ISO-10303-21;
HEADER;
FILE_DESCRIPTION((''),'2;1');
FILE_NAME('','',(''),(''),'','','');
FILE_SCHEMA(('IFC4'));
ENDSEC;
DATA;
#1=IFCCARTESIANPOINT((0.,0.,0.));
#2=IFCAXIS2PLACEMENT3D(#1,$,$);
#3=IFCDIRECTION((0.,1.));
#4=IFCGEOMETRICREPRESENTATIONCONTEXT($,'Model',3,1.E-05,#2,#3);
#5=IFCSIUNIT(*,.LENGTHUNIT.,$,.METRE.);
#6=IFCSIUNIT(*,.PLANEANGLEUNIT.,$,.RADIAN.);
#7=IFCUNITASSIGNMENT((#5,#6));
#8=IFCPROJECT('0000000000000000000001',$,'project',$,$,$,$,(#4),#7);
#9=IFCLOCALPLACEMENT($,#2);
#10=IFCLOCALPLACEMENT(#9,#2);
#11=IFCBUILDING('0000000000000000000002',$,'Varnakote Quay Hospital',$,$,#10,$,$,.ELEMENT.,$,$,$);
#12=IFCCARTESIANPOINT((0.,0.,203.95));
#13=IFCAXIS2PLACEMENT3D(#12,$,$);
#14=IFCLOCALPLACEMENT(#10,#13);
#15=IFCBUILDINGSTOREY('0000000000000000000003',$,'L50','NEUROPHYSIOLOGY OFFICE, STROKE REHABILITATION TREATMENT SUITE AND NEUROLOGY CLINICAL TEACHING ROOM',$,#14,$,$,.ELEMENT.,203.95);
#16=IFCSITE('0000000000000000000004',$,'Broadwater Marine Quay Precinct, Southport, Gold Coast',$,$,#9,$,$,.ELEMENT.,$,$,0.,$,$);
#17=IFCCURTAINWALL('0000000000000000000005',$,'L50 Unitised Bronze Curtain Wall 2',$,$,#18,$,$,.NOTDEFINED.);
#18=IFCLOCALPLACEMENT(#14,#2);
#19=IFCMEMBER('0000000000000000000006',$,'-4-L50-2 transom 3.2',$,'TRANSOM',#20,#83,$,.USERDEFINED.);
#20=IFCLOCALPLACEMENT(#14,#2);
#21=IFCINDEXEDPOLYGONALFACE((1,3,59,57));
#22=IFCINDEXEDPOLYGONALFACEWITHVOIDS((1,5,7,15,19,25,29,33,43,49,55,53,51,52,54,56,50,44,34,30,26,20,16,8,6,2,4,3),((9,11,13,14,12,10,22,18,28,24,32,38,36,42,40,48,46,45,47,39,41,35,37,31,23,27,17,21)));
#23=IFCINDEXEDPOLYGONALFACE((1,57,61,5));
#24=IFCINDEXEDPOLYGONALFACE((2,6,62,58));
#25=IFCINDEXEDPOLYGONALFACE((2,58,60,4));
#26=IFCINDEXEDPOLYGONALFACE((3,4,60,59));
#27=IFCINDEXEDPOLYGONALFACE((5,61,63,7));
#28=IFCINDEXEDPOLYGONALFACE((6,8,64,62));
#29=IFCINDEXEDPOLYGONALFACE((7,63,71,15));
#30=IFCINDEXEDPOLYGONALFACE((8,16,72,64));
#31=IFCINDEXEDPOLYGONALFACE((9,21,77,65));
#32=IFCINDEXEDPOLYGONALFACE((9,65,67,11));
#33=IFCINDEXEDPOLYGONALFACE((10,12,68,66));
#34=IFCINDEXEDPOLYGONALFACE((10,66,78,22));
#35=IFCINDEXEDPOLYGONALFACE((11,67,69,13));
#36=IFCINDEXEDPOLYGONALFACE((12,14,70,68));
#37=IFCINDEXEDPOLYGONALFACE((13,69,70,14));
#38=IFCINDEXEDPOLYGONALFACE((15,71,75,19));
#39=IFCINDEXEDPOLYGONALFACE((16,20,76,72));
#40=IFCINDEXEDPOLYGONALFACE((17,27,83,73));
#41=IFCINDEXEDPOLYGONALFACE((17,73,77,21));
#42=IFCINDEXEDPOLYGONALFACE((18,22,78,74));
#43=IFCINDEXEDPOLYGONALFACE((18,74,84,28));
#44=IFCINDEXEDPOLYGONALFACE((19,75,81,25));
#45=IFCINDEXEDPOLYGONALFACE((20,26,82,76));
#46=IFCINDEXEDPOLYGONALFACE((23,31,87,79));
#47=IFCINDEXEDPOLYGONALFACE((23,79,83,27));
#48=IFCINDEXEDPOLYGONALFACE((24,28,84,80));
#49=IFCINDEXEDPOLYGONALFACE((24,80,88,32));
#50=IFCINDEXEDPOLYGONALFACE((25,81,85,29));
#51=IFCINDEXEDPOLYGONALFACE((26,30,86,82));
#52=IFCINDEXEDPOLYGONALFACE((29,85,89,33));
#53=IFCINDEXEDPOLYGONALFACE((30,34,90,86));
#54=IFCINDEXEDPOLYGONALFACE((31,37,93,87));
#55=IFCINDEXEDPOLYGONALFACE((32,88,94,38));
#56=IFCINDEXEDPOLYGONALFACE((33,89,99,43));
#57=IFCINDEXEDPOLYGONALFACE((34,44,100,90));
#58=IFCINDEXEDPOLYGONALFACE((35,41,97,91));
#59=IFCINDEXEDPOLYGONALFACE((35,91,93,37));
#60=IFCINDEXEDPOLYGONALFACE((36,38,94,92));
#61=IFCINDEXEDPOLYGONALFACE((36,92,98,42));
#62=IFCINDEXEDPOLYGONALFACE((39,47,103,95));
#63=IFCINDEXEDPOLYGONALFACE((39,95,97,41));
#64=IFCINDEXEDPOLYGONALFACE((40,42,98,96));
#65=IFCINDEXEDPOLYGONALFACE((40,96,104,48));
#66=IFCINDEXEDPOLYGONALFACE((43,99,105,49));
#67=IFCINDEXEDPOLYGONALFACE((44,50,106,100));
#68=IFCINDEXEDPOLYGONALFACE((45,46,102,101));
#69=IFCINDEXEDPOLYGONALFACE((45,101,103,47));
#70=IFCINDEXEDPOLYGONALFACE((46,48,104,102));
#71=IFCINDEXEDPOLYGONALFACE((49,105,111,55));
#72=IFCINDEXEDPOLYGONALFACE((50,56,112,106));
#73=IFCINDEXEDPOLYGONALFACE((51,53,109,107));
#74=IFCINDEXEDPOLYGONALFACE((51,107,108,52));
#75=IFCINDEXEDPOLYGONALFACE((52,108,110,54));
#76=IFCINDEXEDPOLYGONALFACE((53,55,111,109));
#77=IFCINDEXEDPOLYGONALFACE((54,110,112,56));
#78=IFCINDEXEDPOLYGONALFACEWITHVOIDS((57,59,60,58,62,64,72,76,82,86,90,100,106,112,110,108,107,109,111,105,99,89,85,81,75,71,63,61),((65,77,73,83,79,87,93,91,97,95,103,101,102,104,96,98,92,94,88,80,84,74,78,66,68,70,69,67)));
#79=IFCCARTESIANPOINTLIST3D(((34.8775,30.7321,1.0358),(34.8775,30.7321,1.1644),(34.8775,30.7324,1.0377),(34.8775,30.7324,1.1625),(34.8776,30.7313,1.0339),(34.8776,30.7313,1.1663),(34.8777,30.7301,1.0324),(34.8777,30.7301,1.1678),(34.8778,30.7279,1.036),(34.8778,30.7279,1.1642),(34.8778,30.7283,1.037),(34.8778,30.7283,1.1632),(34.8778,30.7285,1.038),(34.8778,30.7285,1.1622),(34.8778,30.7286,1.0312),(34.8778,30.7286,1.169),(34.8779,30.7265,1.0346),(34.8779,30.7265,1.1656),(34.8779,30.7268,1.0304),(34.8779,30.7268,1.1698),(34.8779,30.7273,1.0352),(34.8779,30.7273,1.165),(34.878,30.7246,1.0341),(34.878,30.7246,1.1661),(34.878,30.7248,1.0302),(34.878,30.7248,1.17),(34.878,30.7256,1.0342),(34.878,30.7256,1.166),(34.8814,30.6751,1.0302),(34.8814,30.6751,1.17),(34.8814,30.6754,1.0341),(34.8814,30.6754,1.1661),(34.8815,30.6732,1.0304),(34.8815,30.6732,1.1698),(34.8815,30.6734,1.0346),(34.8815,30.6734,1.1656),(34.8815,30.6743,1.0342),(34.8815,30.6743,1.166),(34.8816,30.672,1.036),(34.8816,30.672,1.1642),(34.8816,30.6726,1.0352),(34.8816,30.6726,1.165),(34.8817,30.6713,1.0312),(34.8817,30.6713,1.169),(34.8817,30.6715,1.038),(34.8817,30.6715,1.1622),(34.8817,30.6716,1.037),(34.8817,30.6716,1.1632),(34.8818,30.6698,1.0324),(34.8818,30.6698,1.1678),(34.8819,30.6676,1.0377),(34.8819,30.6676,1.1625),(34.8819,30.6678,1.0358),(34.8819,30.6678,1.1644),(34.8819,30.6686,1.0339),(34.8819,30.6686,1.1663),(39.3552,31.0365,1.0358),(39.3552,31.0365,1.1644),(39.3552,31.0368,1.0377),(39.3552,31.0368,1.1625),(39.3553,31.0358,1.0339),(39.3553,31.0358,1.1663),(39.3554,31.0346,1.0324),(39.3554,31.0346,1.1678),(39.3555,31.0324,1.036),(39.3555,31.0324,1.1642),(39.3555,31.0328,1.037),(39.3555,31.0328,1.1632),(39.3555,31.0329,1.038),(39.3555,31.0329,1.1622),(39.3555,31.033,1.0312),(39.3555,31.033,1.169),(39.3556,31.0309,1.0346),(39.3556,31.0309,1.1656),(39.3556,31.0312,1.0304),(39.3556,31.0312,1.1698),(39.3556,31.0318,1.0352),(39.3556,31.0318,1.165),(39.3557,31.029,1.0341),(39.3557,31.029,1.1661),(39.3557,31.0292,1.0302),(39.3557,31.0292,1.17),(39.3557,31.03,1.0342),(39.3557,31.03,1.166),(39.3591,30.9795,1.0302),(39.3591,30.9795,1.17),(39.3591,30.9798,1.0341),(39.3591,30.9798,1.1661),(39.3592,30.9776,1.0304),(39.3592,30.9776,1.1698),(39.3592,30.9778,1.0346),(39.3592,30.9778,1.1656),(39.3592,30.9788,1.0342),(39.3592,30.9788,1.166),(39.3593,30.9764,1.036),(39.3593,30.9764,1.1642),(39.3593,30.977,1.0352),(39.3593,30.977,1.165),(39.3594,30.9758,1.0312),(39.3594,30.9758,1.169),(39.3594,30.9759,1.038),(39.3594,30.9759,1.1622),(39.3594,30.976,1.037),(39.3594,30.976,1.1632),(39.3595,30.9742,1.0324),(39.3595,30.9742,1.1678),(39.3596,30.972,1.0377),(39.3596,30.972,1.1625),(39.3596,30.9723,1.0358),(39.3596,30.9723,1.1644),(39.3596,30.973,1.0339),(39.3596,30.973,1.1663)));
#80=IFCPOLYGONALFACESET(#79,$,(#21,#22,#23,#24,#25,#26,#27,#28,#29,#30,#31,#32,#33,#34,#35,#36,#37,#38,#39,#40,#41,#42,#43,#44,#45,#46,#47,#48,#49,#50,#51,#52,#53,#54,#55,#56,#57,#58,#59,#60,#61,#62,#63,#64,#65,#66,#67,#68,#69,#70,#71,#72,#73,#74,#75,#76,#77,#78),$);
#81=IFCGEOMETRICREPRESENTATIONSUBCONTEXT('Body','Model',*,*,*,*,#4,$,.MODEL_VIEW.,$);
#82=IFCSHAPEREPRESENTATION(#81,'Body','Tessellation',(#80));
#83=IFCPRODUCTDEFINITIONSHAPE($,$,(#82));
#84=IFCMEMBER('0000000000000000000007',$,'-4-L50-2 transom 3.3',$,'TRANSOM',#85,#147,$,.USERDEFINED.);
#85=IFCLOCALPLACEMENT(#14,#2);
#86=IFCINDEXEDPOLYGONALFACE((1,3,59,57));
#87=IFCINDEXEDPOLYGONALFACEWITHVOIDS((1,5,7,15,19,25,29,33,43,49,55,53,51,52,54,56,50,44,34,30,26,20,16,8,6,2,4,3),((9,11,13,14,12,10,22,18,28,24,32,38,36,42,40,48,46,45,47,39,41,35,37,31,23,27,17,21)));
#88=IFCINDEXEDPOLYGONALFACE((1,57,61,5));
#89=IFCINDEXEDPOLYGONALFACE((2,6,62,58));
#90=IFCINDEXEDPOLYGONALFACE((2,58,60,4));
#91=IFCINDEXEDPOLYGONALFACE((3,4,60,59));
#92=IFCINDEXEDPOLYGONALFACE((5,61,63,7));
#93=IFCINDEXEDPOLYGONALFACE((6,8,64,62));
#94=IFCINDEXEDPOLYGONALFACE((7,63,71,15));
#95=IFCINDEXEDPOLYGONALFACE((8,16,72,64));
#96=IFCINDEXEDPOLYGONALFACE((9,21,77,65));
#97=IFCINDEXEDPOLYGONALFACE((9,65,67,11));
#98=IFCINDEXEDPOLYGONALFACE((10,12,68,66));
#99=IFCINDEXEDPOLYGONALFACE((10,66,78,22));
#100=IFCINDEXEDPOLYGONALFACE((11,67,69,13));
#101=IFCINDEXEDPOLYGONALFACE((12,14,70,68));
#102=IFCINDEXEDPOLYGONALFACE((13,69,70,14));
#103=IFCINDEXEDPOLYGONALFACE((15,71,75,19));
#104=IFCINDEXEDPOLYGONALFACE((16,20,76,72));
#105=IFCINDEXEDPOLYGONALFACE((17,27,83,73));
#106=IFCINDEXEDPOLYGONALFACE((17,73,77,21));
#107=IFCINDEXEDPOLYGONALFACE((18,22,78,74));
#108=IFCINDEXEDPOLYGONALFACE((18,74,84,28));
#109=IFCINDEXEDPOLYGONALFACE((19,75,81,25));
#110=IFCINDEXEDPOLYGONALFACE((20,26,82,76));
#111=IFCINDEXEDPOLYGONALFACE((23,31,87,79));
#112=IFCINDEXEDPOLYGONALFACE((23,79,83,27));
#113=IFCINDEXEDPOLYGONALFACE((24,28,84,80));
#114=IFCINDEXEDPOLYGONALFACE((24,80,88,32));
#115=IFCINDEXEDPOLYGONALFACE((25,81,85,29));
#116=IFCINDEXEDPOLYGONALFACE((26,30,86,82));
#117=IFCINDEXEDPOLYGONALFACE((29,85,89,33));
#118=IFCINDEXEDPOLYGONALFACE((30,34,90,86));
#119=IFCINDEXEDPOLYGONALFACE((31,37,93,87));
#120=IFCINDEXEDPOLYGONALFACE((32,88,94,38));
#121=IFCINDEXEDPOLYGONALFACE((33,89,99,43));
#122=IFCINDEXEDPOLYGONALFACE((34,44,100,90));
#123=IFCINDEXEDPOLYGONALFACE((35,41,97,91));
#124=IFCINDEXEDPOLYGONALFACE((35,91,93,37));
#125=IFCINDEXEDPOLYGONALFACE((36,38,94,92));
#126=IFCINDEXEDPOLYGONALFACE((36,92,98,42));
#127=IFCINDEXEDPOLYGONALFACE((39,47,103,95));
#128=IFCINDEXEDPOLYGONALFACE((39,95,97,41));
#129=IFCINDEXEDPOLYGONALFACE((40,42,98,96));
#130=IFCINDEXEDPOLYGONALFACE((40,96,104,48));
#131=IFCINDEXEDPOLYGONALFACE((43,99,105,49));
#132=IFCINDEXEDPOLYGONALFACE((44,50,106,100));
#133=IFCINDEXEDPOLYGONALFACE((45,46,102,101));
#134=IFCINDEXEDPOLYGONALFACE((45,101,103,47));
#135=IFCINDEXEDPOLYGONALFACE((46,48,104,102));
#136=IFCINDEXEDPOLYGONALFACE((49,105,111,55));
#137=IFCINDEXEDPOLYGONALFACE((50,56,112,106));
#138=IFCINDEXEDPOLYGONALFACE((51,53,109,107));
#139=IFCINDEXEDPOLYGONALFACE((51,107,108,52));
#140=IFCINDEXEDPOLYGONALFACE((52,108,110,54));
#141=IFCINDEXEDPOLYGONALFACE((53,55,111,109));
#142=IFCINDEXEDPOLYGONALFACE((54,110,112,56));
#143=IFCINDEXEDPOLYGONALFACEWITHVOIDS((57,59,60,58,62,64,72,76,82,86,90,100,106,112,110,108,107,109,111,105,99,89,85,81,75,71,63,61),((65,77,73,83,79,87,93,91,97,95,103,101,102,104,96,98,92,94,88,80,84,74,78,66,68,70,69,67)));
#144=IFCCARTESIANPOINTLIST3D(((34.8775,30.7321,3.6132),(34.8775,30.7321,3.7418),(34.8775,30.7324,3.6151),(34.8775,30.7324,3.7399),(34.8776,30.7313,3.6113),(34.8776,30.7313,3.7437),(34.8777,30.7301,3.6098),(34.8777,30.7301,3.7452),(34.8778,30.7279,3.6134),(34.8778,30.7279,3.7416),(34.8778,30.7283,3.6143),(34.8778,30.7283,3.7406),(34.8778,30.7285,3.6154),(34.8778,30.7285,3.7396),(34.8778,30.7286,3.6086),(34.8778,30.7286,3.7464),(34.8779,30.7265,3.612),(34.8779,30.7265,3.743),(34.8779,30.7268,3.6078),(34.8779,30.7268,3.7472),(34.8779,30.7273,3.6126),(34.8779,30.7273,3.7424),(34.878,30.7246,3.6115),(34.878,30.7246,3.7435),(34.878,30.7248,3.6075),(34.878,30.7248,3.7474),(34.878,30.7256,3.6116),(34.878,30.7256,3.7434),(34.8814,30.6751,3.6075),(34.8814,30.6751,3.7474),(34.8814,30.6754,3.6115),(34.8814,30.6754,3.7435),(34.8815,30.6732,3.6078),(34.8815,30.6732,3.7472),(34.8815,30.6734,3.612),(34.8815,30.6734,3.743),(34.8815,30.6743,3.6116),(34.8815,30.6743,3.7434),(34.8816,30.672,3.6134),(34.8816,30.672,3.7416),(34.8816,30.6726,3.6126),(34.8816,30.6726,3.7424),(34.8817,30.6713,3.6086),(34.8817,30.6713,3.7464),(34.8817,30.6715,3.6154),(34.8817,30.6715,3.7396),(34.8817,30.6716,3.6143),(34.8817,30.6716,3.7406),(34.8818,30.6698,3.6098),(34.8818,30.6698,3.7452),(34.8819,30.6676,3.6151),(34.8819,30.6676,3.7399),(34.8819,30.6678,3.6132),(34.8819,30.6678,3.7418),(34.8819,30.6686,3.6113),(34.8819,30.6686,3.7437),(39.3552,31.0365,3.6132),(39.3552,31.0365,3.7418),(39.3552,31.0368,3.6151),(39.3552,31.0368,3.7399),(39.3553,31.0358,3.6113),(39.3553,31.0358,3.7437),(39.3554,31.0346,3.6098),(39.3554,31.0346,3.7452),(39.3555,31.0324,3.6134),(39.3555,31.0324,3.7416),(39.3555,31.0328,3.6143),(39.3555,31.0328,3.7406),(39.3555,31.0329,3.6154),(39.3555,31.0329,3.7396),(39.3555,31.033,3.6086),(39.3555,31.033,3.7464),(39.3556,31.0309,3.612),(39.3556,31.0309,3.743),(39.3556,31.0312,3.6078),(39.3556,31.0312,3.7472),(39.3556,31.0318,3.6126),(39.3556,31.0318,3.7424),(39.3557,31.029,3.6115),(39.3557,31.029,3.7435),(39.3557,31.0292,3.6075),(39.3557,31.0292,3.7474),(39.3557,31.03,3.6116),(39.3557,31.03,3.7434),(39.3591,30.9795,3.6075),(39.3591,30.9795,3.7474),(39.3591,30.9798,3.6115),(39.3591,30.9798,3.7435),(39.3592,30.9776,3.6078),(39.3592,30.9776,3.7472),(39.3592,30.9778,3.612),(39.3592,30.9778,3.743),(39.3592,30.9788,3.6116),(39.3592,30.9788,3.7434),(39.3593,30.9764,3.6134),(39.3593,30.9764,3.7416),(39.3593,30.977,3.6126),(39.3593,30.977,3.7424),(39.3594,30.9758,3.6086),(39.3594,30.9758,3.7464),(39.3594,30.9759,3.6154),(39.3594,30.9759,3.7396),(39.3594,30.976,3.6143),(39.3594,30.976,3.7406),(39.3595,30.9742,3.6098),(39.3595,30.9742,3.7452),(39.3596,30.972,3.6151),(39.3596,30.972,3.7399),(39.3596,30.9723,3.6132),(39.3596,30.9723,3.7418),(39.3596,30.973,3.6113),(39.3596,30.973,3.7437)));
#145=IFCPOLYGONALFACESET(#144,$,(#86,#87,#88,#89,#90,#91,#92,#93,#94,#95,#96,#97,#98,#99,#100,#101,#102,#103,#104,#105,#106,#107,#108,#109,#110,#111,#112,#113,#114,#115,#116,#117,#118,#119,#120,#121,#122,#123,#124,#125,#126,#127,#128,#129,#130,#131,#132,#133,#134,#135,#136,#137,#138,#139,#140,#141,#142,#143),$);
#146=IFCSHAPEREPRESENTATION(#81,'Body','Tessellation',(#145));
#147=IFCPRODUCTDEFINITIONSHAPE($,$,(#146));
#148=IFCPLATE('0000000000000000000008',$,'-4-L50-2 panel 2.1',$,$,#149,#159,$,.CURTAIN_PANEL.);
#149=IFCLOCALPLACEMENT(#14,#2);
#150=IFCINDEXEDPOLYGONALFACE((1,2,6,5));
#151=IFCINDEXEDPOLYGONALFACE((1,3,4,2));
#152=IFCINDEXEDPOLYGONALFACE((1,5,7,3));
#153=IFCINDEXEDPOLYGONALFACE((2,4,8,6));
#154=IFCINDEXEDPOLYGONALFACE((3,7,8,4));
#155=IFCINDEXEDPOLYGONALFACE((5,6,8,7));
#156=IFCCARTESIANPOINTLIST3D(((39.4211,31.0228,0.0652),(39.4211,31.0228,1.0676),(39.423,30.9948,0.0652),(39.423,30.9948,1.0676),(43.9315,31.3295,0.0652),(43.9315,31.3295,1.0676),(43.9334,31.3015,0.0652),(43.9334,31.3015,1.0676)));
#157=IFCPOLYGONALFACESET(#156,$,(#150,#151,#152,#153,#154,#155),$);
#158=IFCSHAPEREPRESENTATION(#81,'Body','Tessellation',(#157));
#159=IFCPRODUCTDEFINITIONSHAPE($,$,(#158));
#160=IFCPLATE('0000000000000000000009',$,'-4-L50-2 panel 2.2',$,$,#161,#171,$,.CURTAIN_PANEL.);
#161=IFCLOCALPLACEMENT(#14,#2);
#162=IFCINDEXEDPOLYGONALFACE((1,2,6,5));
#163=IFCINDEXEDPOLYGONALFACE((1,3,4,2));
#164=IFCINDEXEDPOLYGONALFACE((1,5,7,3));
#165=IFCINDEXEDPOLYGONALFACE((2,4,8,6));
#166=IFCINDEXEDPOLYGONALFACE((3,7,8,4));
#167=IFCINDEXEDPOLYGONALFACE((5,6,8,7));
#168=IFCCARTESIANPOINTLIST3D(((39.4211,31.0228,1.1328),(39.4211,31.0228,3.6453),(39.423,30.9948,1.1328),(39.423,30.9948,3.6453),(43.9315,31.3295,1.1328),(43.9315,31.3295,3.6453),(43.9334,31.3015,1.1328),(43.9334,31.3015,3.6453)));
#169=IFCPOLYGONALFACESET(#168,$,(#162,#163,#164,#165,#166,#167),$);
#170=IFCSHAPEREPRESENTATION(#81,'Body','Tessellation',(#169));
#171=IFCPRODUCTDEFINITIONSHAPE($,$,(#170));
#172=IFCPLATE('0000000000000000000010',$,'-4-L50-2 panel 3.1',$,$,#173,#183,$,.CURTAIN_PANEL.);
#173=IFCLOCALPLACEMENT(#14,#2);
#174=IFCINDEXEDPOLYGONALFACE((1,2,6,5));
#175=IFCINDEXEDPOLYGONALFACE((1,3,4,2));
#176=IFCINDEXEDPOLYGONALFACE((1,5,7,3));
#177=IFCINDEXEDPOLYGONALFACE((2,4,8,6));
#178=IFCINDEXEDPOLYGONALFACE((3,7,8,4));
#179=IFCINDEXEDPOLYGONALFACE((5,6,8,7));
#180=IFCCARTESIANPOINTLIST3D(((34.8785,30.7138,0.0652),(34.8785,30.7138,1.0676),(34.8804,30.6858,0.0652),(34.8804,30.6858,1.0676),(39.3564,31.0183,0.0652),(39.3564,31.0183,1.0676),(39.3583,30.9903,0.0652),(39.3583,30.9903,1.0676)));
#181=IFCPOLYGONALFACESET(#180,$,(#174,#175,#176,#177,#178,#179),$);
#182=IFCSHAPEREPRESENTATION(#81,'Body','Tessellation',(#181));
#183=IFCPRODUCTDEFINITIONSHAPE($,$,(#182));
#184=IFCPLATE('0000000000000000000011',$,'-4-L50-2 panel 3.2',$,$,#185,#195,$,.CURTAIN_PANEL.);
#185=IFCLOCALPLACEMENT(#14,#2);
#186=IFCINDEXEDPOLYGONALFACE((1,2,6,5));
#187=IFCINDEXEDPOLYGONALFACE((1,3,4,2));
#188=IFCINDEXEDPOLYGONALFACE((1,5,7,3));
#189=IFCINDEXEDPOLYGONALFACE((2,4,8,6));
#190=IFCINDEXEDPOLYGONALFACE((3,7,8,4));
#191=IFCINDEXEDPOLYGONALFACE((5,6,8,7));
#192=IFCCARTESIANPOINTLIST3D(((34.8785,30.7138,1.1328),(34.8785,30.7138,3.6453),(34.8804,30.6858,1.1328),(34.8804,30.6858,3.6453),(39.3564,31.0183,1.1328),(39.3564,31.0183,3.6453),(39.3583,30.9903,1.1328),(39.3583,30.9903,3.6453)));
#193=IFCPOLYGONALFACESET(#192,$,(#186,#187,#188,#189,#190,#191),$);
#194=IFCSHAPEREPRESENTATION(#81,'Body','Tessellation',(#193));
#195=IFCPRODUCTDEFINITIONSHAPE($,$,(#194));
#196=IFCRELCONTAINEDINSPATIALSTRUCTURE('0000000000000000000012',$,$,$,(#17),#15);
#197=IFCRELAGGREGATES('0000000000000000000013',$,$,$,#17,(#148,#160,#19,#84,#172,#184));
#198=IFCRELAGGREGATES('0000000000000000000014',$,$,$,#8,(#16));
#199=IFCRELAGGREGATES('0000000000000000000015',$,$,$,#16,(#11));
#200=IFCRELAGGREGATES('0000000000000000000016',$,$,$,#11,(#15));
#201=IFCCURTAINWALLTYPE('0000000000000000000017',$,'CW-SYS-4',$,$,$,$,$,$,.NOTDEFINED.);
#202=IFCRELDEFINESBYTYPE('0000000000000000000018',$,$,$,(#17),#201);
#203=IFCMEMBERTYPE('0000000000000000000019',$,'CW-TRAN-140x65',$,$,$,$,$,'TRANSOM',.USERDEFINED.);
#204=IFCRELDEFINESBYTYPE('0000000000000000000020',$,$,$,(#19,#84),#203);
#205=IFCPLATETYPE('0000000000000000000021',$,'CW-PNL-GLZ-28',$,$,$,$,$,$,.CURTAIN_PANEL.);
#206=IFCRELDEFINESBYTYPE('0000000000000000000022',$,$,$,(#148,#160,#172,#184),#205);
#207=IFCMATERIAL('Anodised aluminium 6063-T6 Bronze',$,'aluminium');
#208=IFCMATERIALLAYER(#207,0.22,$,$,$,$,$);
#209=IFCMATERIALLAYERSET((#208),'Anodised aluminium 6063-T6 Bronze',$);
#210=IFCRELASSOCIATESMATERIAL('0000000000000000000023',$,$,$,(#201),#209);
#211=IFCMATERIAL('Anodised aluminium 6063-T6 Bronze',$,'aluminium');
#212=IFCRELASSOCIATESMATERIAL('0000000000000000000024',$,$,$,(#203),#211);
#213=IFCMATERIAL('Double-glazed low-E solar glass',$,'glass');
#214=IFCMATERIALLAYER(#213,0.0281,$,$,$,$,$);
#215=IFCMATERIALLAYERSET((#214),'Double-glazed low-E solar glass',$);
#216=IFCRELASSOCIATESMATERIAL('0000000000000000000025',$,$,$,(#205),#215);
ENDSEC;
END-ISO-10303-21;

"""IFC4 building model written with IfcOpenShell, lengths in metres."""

from ifc_helpers import new_model, si_unit, direction, frame, origin, origin_2d, place, context, subcontext, project, spatial, rectangle, hollow_rectangle, extrude, material, layer, layer_set, material_profile, profile_set, type_object, element, aggregate, save


model = new_model("IFC4")

# Units and contexts
model_context = context("Model", 3, precision=1e-05, world=origin(), true_north=direction((0.0, 1.0)))
body_context = subcontext(model_context, "Body", "Model", "MODEL_VIEW")
ifc_project = project(units=[si_unit("LENGTHUNIT", "METRE"), si_unit("PLANEANGLEUNIT", "RADIAN")], contexts=[model_context])

# Site, building, storey
site_placement = place(None, origin())
site = spatial("IfcSite", under=ifc_project, at=site_placement, Name="Broadwater Marine Quay Precinct, Southport, Gold Coast", CompositionType="ELEMENT", RefElevation=0.0)
building_placement = place(site_placement, origin())
building = spatial("IfcBuilding", under=site, at=building_placement, Name="Varnakote Quay Hospital", CompositionType="ELEMENT")
storey_placement = place(building_placement, frame((0.0, 0.0, 203.95)))
storey = spatial("IfcBuildingStorey", under=building, at=storey_placement, Name="L50", Description="NEUROPHYSIOLOGY OFFICE, STROKE REHABILITATION TREATMENT SUITE AND NEUROLOGY CLINICAL TEACHING ROOM", CompositionType="ELEMENT", Elevation=203.95)

# Curtain wall, members, plates
ifc_material_1 = material(Name="Anodised aluminium 6063-T6 Bronze", Category="aluminium")
ifc_layer_1 = layer(ifc_material_1, 0.22)
ifc_layer_set_1 = layer_set([ifc_layer_1], Name="Anodised aluminium 6063-T6 Bronze")
curtain_wall_type = type_object("IfcCurtainWallType", Name="CW-SYS-4", PredefinedType="NOTDEFINED", material=ifc_layer_set_1)
curtain_wall_placement = place(storey_placement, origin())
curtain_wall = element("IfcCurtainWall", 1, at=curtain_wall_placement, inside=storey, type_object=curtain_wall_type, Name="L50 Unitised Bronze Curtain Wall 2", PredefinedType="NOTDEFINED")
ifc_material_2 = material(Name="Anodised aluminium 6063-T6 Bronze", Category="aluminium")
ifc_material_profile_1 = material_profile(ifc_material_2, hollow_rectangle(XDim=0.0649, YDim=0.1399, WallThickness=0.0039, InnerFilletRadius=0.0039, OuterFilletRadius=0.0076, at=origin_2d()), Name="CW-TRAN-140x65")
ifc_profile_set_1 = profile_set([ifc_material_profile_1], Name="Anodised aluminium 6063-T6 Bronze")
member_type_1 = type_object("IfcMemberType", Name="CW-TRAN-140x65", ElementType="TRANSOM", PredefinedType="USERDEFINED", material=ifc_profile_set_1)
member_1_placement = place(storey_placement, frame((39.3574, 31.0044, 1.1001), z_axis=(-0.997697, -0.067833, 0.0), x_axis=(0.067833, -0.997697, 0.0)))
member_1 = element("IfcMember", 2, at=member_1_placement, type_object=member_type_1, Name="-4-L50-2 transom 3.2", ObjectType="TRANSOM", PredefinedType="USERDEFINED", context=body_context, shape_type="SweptSolid", body=[
    extrude(hollow_rectangle(XDim=0.0649, YDim=0.1399, WallThickness=0.0039, InnerFilletRadius=0.0039, OuterFilletRadius=0.0076, at=origin_2d()), origin(), (0.0, 0.0, 1.0), 4.488),
])
member_2_placement = place(storey_placement, frame((39.3574, 31.0044, 3.6775), z_axis=(-0.997697, -0.067833, 0.0), x_axis=(0.067833, -0.997697, 0.0)))
member_2 = element("IfcMember", 3, at=member_2_placement, type_object=member_type_1, Name="-4-L50-2 transom 3.3", ObjectType="TRANSOM", PredefinedType="USERDEFINED", context=body_context, shape_type="SweptSolid", body=[
    extrude(hollow_rectangle(XDim=0.0649, YDim=0.1399, WallThickness=0.0039, InnerFilletRadius=0.0039, OuterFilletRadius=0.0076, at=origin_2d()), origin(), (0.0, 0.0, 1.0), 4.488),
])
ifc_material_3 = material(Name="Double-glazed low-E solar glass", Category="glass")
ifc_layer_2 = layer(ifc_material_3, 0.0281)
ifc_layer_set_2 = layer_set([ifc_layer_2], Name="Double-glazed low-E solar glass")
plate_type = type_object("IfcPlateType", Name="CW-PNL-GLZ-28", PredefinedType="CURTAIN_PANEL", material=ifc_layer_set_2)
plate_1_placement = place(storey_placement, frame((41.6772, 31.1621, 0.0652), z_axis=(0.0, 0.0, 1.0), x_axis=(-0.997696, -0.067842, 0.0)))
plate_1 = element("IfcPlate", 4, at=plate_1_placement, type_object=plate_type, Name="-4-L50-2 panel 2.1", PredefinedType="CURTAIN_PANEL", context=body_context, shape_type="SweptSolid", body=[
    extrude(rectangle(XDim=4.5208, YDim=0.0281, at=origin_2d()), origin(), (0.0, 0.0, 1.0), 1.0024),
])
plate_2_placement = place(storey_placement, frame((41.6772, 31.1621, 1.1328), z_axis=(0.0, 0.0, 1.0), x_axis=(-0.997696, -0.067842, 0.0)))
plate_2 = element("IfcPlate", 5, at=plate_2_placement, type_object=plate_type, Name="-4-L50-2 panel 2.2", PredefinedType="CURTAIN_PANEL", context=body_context, shape_type="SweptSolid", body=[
    extrude(rectangle(XDim=4.5208, YDim=0.0281, at=origin_2d()), origin(), (0.0, 0.0, 1.0), 2.5125),
])
plate_3_placement = place(storey_placement, frame((37.1184, 30.8521, 0.0652), z_axis=(0.0, 0.0, 1.0), x_axis=(-0.997696, -0.067842, 0.0)))
plate_3 = element("IfcPlate", 6, at=plate_3_placement, type_object=plate_type, Name="-4-L50-2 panel 3.1", PredefinedType="CURTAIN_PANEL", context=body_context, shape_type="SweptSolid", body=[
    extrude(rectangle(XDim=4.4883, YDim=0.0281, at=origin_2d()), origin(), (0.0, 0.0, 1.0), 1.0024),
])
plate_4_placement = place(storey_placement, frame((37.1184, 30.8521, 1.1328), z_axis=(0.0, 0.0, 1.0), x_axis=(-0.997696, -0.067842, 0.0)))
plate_4 = element("IfcPlate", 7, at=plate_4_placement, type_object=plate_type, Name="-4-L50-2 panel 3.2", PredefinedType="CURTAIN_PANEL", context=body_context, shape_type="SweptSolid", body=[
    extrude(rectangle(XDim=4.4883, YDim=0.0281, at=origin_2d()), origin(), (0.0, 0.0, 1.0), 2.5125),
])
aggregate(curtain_wall, [plate_1, plate_2, member_1, member_2, plate_3, plate_4])

save(model, "model.ifc")
